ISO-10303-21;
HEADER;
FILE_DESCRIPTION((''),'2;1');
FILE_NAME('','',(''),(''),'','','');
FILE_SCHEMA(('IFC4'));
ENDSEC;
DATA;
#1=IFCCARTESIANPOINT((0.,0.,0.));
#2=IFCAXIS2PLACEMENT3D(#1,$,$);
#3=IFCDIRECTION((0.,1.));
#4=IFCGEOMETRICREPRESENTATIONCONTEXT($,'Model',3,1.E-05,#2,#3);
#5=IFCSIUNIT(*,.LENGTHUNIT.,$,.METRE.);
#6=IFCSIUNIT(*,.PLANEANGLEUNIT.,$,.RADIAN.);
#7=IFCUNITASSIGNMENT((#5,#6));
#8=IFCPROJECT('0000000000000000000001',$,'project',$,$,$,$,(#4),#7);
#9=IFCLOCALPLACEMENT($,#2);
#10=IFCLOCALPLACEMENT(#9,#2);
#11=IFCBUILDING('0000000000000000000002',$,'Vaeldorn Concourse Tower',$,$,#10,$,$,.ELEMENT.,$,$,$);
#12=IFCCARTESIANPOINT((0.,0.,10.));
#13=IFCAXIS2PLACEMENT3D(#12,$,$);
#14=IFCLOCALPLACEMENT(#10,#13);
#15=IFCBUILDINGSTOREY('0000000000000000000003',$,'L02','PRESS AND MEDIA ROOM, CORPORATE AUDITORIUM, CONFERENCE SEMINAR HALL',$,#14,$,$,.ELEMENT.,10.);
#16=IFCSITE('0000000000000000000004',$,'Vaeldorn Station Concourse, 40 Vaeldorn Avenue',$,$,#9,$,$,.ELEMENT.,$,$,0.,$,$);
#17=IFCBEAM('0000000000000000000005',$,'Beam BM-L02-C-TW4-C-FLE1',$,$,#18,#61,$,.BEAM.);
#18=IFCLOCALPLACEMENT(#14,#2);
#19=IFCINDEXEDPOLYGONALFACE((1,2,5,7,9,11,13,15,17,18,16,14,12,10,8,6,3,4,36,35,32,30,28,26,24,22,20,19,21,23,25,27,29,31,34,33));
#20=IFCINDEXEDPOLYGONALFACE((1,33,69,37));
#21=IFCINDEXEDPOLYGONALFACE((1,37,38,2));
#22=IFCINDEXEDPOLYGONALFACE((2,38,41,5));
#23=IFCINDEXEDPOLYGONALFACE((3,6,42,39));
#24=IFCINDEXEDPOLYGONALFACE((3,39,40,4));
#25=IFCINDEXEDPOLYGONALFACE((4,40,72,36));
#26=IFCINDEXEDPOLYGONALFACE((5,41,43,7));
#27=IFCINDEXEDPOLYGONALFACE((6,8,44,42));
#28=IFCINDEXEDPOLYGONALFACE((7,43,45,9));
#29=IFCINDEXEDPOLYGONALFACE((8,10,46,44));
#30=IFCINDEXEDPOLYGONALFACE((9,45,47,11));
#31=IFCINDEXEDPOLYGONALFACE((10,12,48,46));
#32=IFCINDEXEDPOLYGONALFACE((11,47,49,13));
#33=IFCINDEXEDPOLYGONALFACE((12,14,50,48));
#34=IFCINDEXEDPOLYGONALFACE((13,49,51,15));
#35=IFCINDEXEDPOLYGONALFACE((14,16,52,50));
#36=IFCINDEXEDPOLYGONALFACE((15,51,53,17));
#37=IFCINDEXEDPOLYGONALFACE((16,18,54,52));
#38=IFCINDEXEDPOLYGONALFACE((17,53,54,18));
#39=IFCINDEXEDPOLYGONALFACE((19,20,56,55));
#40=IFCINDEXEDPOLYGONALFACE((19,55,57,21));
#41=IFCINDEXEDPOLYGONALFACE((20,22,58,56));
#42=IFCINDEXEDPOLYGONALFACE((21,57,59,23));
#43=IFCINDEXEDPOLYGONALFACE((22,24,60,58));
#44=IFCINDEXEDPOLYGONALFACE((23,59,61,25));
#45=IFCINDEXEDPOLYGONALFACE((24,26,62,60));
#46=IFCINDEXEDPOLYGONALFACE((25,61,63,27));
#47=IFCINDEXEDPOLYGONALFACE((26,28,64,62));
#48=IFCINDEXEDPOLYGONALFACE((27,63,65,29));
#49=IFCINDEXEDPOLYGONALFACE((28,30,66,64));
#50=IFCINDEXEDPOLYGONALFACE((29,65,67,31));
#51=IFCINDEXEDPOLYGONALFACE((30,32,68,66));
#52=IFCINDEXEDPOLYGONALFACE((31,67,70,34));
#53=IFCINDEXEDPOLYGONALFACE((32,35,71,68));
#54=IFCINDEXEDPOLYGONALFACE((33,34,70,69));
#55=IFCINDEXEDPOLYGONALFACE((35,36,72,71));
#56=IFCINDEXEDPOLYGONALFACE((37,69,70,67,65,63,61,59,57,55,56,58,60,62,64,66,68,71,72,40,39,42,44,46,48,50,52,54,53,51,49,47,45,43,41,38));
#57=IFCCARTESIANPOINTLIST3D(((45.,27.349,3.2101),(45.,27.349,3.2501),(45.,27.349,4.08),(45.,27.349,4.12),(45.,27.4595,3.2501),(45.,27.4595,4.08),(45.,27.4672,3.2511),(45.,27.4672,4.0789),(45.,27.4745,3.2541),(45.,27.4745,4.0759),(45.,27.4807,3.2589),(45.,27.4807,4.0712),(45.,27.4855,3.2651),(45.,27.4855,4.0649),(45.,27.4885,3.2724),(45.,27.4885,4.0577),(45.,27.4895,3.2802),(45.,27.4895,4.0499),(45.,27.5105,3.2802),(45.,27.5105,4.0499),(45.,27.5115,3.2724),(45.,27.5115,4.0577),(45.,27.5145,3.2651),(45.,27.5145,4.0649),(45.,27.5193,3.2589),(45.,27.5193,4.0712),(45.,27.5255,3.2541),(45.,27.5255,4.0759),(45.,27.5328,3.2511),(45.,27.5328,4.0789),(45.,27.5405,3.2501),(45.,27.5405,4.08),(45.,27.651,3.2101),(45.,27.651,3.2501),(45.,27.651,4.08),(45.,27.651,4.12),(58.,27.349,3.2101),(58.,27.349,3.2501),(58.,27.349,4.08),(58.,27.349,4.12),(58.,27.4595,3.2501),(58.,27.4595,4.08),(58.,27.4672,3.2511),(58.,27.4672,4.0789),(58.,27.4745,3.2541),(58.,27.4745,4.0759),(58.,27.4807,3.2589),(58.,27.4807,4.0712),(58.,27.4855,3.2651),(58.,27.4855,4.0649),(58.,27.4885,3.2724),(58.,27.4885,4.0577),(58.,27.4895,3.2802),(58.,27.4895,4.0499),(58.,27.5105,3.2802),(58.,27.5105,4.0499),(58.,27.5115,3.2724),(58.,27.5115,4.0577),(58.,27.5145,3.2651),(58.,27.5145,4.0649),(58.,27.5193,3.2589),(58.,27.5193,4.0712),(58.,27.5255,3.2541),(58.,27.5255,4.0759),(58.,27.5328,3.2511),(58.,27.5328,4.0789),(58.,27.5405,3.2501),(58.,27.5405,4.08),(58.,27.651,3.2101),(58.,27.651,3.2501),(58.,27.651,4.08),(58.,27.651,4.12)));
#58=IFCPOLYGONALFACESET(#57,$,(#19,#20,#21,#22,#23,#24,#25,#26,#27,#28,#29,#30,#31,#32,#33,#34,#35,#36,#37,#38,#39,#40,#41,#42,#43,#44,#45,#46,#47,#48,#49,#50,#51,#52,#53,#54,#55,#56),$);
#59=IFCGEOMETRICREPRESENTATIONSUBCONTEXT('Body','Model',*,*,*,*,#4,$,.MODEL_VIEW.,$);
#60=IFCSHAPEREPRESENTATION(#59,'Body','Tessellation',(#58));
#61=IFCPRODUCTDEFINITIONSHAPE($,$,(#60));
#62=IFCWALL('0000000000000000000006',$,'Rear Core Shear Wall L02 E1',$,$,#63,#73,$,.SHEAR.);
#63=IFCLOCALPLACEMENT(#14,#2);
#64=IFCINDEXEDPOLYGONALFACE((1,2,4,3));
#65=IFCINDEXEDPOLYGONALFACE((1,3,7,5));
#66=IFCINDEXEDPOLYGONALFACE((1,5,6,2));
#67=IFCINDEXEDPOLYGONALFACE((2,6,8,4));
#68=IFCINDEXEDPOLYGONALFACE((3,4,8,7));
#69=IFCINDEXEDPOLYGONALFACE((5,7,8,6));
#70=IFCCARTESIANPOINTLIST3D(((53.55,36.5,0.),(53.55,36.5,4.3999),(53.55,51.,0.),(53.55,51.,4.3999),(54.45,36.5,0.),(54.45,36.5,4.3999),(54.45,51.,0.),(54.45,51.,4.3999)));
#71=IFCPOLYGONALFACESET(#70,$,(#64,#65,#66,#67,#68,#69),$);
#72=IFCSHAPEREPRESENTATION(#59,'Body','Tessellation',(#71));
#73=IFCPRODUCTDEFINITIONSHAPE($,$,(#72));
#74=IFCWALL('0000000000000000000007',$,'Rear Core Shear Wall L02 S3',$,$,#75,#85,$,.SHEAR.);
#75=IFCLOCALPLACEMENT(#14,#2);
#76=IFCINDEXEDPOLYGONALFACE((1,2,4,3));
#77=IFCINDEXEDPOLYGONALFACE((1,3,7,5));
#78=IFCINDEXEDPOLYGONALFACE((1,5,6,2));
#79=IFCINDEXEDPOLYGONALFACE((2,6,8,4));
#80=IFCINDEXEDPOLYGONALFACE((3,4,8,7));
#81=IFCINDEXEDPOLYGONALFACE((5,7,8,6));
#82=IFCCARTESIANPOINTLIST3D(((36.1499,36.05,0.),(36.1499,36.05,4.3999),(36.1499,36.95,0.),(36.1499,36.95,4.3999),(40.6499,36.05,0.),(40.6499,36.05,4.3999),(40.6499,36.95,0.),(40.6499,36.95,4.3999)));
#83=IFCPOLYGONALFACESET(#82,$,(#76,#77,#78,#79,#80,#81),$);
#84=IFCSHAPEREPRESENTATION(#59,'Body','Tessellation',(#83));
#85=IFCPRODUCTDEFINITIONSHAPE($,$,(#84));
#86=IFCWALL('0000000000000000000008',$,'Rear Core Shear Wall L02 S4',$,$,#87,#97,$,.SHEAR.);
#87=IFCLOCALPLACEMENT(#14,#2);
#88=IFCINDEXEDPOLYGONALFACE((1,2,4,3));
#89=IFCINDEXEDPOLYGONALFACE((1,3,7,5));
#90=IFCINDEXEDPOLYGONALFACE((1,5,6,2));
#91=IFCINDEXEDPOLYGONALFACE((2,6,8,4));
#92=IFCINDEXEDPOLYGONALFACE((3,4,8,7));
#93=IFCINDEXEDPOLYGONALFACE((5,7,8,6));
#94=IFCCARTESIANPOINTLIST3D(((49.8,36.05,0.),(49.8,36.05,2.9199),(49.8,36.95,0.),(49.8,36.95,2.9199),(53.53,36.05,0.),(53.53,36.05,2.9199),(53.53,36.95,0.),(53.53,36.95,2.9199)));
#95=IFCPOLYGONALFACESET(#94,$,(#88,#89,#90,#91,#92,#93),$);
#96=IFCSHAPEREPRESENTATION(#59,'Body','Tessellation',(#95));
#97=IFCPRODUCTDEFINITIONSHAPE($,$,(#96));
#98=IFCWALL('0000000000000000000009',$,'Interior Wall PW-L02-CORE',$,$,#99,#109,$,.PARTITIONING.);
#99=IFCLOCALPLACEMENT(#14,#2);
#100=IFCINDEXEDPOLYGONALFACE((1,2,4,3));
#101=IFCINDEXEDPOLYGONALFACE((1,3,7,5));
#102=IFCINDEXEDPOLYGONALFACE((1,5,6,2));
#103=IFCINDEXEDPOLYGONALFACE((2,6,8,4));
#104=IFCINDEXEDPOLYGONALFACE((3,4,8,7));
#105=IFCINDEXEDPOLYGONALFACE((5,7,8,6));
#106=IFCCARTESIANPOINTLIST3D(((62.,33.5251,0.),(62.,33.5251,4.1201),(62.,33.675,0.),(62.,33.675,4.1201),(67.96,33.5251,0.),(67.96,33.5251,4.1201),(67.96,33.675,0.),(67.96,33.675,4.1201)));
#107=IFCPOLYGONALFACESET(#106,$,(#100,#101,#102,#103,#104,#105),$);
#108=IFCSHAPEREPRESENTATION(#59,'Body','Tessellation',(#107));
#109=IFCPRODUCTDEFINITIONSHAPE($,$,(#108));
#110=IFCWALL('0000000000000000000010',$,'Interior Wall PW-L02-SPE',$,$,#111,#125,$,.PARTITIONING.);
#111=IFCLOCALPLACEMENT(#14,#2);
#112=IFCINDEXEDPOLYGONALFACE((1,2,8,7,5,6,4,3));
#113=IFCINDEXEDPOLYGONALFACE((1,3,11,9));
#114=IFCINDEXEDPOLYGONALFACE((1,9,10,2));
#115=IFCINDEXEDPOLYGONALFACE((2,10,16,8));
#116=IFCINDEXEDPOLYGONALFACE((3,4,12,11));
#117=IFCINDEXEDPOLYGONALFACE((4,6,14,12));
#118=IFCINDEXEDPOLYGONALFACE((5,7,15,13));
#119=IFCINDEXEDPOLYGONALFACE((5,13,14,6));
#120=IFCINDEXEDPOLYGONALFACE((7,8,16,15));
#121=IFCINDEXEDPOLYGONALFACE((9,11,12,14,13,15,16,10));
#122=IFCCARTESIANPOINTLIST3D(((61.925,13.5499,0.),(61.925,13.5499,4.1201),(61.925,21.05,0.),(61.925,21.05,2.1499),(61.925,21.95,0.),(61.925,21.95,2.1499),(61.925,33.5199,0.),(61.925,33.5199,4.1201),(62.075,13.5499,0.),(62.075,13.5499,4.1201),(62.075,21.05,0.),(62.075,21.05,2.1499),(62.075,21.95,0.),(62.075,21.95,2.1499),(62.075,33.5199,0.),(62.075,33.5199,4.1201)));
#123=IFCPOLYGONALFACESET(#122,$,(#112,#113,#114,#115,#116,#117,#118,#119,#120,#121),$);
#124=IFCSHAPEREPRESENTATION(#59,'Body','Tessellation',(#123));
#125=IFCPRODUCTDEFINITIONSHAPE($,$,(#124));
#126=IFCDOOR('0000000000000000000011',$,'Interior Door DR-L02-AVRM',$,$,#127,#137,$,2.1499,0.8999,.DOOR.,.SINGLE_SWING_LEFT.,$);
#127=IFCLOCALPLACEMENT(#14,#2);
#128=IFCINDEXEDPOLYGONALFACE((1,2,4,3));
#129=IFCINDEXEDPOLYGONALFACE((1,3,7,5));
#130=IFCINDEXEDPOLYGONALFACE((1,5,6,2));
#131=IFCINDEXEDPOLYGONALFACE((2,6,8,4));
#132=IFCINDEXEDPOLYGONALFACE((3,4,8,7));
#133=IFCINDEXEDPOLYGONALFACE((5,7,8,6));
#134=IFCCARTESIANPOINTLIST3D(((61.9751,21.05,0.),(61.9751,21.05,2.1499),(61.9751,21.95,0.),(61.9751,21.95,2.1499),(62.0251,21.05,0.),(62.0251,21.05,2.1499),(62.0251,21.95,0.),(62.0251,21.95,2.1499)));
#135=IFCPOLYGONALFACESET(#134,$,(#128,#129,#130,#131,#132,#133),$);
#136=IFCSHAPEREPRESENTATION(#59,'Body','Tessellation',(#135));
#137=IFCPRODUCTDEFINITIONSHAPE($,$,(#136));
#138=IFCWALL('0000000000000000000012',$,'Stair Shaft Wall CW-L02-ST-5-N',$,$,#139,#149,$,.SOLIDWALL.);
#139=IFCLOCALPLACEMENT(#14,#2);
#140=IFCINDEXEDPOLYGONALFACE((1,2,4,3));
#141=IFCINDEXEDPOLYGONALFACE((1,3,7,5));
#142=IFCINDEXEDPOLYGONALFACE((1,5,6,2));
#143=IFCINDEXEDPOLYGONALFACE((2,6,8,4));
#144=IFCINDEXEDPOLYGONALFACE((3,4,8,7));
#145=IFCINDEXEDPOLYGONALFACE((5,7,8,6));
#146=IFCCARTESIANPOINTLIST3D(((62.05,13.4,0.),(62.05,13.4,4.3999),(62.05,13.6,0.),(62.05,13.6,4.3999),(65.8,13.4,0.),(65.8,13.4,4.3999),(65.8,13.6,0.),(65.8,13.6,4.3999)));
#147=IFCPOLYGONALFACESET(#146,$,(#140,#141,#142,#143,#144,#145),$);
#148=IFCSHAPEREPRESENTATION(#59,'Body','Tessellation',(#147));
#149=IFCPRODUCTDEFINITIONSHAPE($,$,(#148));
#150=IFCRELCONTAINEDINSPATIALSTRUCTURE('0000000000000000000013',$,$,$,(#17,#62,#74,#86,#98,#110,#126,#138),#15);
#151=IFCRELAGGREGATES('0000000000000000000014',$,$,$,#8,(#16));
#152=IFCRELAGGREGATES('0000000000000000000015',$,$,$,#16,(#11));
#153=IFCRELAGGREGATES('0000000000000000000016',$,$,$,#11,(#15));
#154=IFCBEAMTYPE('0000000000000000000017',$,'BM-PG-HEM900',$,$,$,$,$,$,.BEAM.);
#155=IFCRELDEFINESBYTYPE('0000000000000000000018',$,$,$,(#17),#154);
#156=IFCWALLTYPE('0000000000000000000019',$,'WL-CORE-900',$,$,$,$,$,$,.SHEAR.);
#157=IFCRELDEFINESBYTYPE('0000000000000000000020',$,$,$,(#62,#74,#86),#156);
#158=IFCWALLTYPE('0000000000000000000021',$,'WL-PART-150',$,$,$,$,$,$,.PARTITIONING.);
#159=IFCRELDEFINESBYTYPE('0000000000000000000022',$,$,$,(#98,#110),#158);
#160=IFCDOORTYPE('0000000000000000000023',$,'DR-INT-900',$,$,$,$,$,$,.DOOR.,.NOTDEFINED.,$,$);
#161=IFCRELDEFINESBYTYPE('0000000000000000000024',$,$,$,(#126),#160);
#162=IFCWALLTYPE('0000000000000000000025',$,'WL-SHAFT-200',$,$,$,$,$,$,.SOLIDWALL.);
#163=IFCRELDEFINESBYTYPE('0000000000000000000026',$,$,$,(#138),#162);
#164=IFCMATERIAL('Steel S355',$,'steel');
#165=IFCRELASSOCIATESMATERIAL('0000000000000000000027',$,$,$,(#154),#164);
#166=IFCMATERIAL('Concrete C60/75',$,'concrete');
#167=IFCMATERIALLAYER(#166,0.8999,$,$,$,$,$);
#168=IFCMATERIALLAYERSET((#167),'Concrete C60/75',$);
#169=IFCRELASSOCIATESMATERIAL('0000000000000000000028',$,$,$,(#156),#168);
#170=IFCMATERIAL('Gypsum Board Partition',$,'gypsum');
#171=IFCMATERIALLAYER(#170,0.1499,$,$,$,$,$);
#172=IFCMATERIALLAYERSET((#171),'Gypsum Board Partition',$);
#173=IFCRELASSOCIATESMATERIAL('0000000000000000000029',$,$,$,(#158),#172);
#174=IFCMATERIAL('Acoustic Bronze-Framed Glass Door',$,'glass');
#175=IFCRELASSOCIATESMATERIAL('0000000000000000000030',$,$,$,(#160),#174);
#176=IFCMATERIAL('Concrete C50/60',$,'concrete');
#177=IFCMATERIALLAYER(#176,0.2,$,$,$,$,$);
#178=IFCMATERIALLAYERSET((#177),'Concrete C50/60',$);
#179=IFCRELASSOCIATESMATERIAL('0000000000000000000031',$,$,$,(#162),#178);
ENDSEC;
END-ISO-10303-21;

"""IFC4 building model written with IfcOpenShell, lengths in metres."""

from ifc_helpers import new_model, si_unit, direction, frame, frame_2d, origin, origin_2d, place, context, subcontext, project, spatial, rectangle, i_section, extrude, source, transform, mapped, material, layer, layer_set, material_profile, profile_set, type_object, element, fill, save


model = new_model("IFC4")

# Units and contexts
model_context = context("Model", 3, precision=1e-05, world=origin(), true_north=direction((0.0, 1.0)))
body_context = subcontext(model_context, "Body", "Model", "MODEL_VIEW")
ifc_project = project(units=[si_unit("LENGTHUNIT", "METRE"), si_unit("PLANEANGLEUNIT", "RADIAN")], contexts=[model_context])

# Site, building, storey
site_placement = place(None, origin())
site = spatial("IfcSite", under=ifc_project, at=site_placement, Name="Vaeldorn Station Concourse, 40 Vaeldorn Avenue", CompositionType="ELEMENT", RefElevation=0.0)
building_placement = place(site_placement, origin())
building = spatial("IfcBuilding", under=site, at=building_placement, Name="Vaeldorn Concourse Tower", CompositionType="ELEMENT")
storey_placement = place(building_placement, frame((0.0, 0.0, 10.0)))
storey = spatial("IfcBuildingStorey", under=building, at=storey_placement, Name="L02", Description="PRESS AND MEDIA ROOM, CORPORATE AUDITORIUM, CONFERENCE SEMINAR HALL", CompositionType="ELEMENT", Elevation=10.0)

# Shared definitions
ifc_material_1 = material(Name="Concrete C60/75", Category="concrete")

# Beam
ifc_material_2 = material(Name="Steel S355", Category="steel")
ifc_material_profile_1 = material_profile(ifc_material_2, i_section(OverallWidth=0.302, OverallDepth=0.9099, WebThickness=0.021, FlangeThickness=0.04, FilletRadius=0.03, at=origin_2d()), Name="HEM 900")
ifc_profile_set_1 = profile_set([ifc_material_profile_1], Name="Steel S355")
beam_type_1 = type_object("IfcBeamType", Name="BM-PG-HEM900", PredefinedType="BEAM", material=ifc_profile_set_1)
shared_shape_1 = source(origin(), body_context, "Body", "SweptSolid", [
    extrude(i_section(OverallWidth=0.302, OverallDepth=0.9099, WebThickness=0.021, FlangeThickness=0.04, FilletRadius=0.03, at=origin_2d()), origin(), (0.0, 0.0, 1.0), 13.0),
])
beam_1_placement = place(storey_placement, frame((45.0, 27.5, 3.665), z_axis=(1.0, 0.0, 0.0), x_axis=(0.0, 1.0, 0.0)))
element("IfcBeam", 1, at=beam_1_placement, inside=storey, type_object=beam_type_1, Name="Beam BM-L02-C-TW4-C-FLE1", PredefinedType="BEAM", context=body_context, shape_type="MappedRepresentation", body=[
    mapped(shared_shape_1, transform((0.0, 0.0, 0.0), scale=1.0)),
])

# Walls
ifc_layer_1 = layer(ifc_material_1, 0.8999)
ifc_layer_set_1 = layer_set([ifc_layer_1], Name="Concrete C60/75")
wall_type_1 = type_object("IfcWallType", Name="WL-CORE-900", PredefinedType="SHEAR", material=ifc_layer_set_1)
wall_1_placement = place(storey_placement, frame((54.0, 36.5, 0.0), z_axis=(0.0, 0.0, 1.0), x_axis=(0.0, 1.0, 0.0)))
element("IfcWall", 2, at=wall_1_placement, inside=storey, type_object=wall_type_1, Name="Rear Core Shear Wall L02 E1", PredefinedType="SHEAR", context=body_context, shape_type="SweptSolid", body=[
    extrude(rectangle(XDim=14.5, YDim=0.8999, at=frame_2d((7.25, 0.0))), origin(), (0.0, 0.0, 1.0), 4.3999),
])
wall_2_placement = place(storey_placement, frame((36.1499, 36.5, 0.0), z_axis=(0.0, 0.0, 1.0), x_axis=(1.0, 0.0, 0.0)))
element("IfcWall", 3, at=wall_2_placement, inside=storey, type_object=wall_type_1, Name="Rear Core Shear Wall L02 S3", PredefinedType="SHEAR", context=body_context, shape_type="SweptSolid", body=[
    extrude(rectangle(XDim=4.5, YDim=0.8999, at=frame_2d((2.25, 0.0))), origin(), (0.0, 0.0, 1.0), 4.3999),
])
wall_3_placement = place(storey_placement, frame((49.8, 36.5, 0.0), z_axis=(0.0, 0.0, 1.0), x_axis=(1.0, 0.0, 0.0)))
element("IfcWall", 4, at=wall_3_placement, inside=storey, type_object=wall_type_1, Name="Rear Core Shear Wall L02 S4", PredefinedType="SHEAR", context=body_context, shape_type="SweptSolid", body=[
    extrude(rectangle(XDim=3.73, YDim=0.8999, at=frame_2d((1.865, 0.0))), origin(), (0.0, 0.0, 1.0), 2.9199),
])
ifc_material_3 = material(Name="Gypsum Board Partition", Category="gypsum")
ifc_layer_2 = layer(ifc_material_3, 0.1499)
ifc_layer_set_2 = layer_set([ifc_layer_2], Name="Gypsum Board Partition")
wall_type_2 = type_object("IfcWallType", Name="WL-PART-150", PredefinedType="PARTITIONING", material=ifc_layer_set_2)
wall_4_placement = place(storey_placement, frame((62.0, 33.6001, 0.0), z_axis=(0.0, 0.0, 1.0), x_axis=(1.0, 0.0, 0.0)))
element("IfcWall", 5, at=wall_4_placement, inside=storey, type_object=wall_type_2, Name="Interior Wall PW-L02-CORE", PredefinedType="PARTITIONING", context=body_context, shape_type="SweptSolid", body=[
    extrude(rectangle(XDim=5.96, YDim=0.1499, at=frame_2d((2.98, 0.0))), origin(), (0.0, 0.0, 1.0), 4.1201),
])

# Wall, opening, door
wall_5_placement = place(storey_placement, frame((62.0, 13.55, 0.0), z_axis=(0.0, 0.0, 1.0), x_axis=(0.0, 1.0, 0.0)))
wall_5 = element("IfcWall", 6, at=wall_5_placement, inside=storey, type_object=wall_type_2, Name="Interior Wall PW-L02-SPE", PredefinedType="PARTITIONING", context=body_context, shape_type="SweptSolid", body=[
    extrude(rectangle(XDim=19.97, YDim=0.1499, at=frame_2d((9.9849, 0.0))), origin(), (0.0, 0.0, 1.0), 4.1201),
])
opening_1_placement = place(wall_5_placement, frame((7.5, 0.0, 0.0)))
opening_1 = element("IfcOpeningElement", 7, at=opening_1_placement, cuts=wall_5, PredefinedType="OPENING", context=body_context, shape_type="SweptSolid", body=[
    extrude(rectangle(XDim=0.8999, YDim=2.1499, at=frame_2d((0.45, 1.075))), frame((0.0, 0.085, 0.0), z_axis=(0.0, -1.0, 0.0), x_axis=(1.0, 0.0, 0.0)), (0.0, 0.0, 1.0), 0.1699),
])
ifc_material_4 = material(Name="Acoustic Bronze-Framed Glass Door", Category="glass")
door_type_1 = type_object("IfcDoorType", Name="DR-INT-900", OperationType="NOTDEFINED", PredefinedType="DOOR", material=ifc_material_4)
shared_shape_2 = source(origin(), body_context, "Body", "SweptSolid", [
    extrude(rectangle(XDim=0.8999, YDim=2.1499, at=frame_2d((0.45, 1.075))), frame((0.0, 0.0249, 0.0), z_axis=(0.0, -1.0, 0.0), x_axis=(1.0, 0.0, 0.0)), (0.0, 0.0, 1.0), 0.05),
])
door_1_placement = place(opening_1_placement, origin())
door_1 = element("IfcDoor", 8, at=door_1_placement, inside=storey, type_object=door_type_1, Name="Interior Door DR-L02-AVRM", OperationType="SINGLE_SWING_LEFT", OverallHeight=2.1499, OverallWidth=0.8999, PredefinedType="DOOR", context=body_context, shape_type="MappedRepresentation", body=[
    mapped(shared_shape_2, transform((0.0, 0.0, 0.0), scale=1.0)),
])
fill(opening_1, door_1)
ifc_material_5 = material(Name="Concrete C50/60", Category="concrete")
ifc_layer_3 = layer(ifc_material_5, 0.2)
ifc_layer_set_3 = layer_set([ifc_layer_3], Name="Concrete C50/60")
wall_type_3 = type_object("IfcWallType", Name="WL-SHAFT-200", PredefinedType="SOLIDWALL", material=ifc_layer_set_3)

# Wall
wall_6_placement = place(storey_placement, frame((62.05, 13.5, 0.0), z_axis=(0.0, 0.0, 1.0), x_axis=(1.0, 0.0, 0.0)))
element("IfcWall", 9, at=wall_6_placement, inside=storey, type_object=wall_type_3, Name="Stair Shaft Wall CW-L02-ST-5-N", PredefinedType="SOLIDWALL", context=body_context, shape_type="SweptSolid", body=[
    extrude(rectangle(XDim=3.75, YDim=0.2, at=frame_2d((1.875, 0.0))), origin(), (0.0, 0.0, 1.0), 4.3999),
])

save(model, "model.ifc")
